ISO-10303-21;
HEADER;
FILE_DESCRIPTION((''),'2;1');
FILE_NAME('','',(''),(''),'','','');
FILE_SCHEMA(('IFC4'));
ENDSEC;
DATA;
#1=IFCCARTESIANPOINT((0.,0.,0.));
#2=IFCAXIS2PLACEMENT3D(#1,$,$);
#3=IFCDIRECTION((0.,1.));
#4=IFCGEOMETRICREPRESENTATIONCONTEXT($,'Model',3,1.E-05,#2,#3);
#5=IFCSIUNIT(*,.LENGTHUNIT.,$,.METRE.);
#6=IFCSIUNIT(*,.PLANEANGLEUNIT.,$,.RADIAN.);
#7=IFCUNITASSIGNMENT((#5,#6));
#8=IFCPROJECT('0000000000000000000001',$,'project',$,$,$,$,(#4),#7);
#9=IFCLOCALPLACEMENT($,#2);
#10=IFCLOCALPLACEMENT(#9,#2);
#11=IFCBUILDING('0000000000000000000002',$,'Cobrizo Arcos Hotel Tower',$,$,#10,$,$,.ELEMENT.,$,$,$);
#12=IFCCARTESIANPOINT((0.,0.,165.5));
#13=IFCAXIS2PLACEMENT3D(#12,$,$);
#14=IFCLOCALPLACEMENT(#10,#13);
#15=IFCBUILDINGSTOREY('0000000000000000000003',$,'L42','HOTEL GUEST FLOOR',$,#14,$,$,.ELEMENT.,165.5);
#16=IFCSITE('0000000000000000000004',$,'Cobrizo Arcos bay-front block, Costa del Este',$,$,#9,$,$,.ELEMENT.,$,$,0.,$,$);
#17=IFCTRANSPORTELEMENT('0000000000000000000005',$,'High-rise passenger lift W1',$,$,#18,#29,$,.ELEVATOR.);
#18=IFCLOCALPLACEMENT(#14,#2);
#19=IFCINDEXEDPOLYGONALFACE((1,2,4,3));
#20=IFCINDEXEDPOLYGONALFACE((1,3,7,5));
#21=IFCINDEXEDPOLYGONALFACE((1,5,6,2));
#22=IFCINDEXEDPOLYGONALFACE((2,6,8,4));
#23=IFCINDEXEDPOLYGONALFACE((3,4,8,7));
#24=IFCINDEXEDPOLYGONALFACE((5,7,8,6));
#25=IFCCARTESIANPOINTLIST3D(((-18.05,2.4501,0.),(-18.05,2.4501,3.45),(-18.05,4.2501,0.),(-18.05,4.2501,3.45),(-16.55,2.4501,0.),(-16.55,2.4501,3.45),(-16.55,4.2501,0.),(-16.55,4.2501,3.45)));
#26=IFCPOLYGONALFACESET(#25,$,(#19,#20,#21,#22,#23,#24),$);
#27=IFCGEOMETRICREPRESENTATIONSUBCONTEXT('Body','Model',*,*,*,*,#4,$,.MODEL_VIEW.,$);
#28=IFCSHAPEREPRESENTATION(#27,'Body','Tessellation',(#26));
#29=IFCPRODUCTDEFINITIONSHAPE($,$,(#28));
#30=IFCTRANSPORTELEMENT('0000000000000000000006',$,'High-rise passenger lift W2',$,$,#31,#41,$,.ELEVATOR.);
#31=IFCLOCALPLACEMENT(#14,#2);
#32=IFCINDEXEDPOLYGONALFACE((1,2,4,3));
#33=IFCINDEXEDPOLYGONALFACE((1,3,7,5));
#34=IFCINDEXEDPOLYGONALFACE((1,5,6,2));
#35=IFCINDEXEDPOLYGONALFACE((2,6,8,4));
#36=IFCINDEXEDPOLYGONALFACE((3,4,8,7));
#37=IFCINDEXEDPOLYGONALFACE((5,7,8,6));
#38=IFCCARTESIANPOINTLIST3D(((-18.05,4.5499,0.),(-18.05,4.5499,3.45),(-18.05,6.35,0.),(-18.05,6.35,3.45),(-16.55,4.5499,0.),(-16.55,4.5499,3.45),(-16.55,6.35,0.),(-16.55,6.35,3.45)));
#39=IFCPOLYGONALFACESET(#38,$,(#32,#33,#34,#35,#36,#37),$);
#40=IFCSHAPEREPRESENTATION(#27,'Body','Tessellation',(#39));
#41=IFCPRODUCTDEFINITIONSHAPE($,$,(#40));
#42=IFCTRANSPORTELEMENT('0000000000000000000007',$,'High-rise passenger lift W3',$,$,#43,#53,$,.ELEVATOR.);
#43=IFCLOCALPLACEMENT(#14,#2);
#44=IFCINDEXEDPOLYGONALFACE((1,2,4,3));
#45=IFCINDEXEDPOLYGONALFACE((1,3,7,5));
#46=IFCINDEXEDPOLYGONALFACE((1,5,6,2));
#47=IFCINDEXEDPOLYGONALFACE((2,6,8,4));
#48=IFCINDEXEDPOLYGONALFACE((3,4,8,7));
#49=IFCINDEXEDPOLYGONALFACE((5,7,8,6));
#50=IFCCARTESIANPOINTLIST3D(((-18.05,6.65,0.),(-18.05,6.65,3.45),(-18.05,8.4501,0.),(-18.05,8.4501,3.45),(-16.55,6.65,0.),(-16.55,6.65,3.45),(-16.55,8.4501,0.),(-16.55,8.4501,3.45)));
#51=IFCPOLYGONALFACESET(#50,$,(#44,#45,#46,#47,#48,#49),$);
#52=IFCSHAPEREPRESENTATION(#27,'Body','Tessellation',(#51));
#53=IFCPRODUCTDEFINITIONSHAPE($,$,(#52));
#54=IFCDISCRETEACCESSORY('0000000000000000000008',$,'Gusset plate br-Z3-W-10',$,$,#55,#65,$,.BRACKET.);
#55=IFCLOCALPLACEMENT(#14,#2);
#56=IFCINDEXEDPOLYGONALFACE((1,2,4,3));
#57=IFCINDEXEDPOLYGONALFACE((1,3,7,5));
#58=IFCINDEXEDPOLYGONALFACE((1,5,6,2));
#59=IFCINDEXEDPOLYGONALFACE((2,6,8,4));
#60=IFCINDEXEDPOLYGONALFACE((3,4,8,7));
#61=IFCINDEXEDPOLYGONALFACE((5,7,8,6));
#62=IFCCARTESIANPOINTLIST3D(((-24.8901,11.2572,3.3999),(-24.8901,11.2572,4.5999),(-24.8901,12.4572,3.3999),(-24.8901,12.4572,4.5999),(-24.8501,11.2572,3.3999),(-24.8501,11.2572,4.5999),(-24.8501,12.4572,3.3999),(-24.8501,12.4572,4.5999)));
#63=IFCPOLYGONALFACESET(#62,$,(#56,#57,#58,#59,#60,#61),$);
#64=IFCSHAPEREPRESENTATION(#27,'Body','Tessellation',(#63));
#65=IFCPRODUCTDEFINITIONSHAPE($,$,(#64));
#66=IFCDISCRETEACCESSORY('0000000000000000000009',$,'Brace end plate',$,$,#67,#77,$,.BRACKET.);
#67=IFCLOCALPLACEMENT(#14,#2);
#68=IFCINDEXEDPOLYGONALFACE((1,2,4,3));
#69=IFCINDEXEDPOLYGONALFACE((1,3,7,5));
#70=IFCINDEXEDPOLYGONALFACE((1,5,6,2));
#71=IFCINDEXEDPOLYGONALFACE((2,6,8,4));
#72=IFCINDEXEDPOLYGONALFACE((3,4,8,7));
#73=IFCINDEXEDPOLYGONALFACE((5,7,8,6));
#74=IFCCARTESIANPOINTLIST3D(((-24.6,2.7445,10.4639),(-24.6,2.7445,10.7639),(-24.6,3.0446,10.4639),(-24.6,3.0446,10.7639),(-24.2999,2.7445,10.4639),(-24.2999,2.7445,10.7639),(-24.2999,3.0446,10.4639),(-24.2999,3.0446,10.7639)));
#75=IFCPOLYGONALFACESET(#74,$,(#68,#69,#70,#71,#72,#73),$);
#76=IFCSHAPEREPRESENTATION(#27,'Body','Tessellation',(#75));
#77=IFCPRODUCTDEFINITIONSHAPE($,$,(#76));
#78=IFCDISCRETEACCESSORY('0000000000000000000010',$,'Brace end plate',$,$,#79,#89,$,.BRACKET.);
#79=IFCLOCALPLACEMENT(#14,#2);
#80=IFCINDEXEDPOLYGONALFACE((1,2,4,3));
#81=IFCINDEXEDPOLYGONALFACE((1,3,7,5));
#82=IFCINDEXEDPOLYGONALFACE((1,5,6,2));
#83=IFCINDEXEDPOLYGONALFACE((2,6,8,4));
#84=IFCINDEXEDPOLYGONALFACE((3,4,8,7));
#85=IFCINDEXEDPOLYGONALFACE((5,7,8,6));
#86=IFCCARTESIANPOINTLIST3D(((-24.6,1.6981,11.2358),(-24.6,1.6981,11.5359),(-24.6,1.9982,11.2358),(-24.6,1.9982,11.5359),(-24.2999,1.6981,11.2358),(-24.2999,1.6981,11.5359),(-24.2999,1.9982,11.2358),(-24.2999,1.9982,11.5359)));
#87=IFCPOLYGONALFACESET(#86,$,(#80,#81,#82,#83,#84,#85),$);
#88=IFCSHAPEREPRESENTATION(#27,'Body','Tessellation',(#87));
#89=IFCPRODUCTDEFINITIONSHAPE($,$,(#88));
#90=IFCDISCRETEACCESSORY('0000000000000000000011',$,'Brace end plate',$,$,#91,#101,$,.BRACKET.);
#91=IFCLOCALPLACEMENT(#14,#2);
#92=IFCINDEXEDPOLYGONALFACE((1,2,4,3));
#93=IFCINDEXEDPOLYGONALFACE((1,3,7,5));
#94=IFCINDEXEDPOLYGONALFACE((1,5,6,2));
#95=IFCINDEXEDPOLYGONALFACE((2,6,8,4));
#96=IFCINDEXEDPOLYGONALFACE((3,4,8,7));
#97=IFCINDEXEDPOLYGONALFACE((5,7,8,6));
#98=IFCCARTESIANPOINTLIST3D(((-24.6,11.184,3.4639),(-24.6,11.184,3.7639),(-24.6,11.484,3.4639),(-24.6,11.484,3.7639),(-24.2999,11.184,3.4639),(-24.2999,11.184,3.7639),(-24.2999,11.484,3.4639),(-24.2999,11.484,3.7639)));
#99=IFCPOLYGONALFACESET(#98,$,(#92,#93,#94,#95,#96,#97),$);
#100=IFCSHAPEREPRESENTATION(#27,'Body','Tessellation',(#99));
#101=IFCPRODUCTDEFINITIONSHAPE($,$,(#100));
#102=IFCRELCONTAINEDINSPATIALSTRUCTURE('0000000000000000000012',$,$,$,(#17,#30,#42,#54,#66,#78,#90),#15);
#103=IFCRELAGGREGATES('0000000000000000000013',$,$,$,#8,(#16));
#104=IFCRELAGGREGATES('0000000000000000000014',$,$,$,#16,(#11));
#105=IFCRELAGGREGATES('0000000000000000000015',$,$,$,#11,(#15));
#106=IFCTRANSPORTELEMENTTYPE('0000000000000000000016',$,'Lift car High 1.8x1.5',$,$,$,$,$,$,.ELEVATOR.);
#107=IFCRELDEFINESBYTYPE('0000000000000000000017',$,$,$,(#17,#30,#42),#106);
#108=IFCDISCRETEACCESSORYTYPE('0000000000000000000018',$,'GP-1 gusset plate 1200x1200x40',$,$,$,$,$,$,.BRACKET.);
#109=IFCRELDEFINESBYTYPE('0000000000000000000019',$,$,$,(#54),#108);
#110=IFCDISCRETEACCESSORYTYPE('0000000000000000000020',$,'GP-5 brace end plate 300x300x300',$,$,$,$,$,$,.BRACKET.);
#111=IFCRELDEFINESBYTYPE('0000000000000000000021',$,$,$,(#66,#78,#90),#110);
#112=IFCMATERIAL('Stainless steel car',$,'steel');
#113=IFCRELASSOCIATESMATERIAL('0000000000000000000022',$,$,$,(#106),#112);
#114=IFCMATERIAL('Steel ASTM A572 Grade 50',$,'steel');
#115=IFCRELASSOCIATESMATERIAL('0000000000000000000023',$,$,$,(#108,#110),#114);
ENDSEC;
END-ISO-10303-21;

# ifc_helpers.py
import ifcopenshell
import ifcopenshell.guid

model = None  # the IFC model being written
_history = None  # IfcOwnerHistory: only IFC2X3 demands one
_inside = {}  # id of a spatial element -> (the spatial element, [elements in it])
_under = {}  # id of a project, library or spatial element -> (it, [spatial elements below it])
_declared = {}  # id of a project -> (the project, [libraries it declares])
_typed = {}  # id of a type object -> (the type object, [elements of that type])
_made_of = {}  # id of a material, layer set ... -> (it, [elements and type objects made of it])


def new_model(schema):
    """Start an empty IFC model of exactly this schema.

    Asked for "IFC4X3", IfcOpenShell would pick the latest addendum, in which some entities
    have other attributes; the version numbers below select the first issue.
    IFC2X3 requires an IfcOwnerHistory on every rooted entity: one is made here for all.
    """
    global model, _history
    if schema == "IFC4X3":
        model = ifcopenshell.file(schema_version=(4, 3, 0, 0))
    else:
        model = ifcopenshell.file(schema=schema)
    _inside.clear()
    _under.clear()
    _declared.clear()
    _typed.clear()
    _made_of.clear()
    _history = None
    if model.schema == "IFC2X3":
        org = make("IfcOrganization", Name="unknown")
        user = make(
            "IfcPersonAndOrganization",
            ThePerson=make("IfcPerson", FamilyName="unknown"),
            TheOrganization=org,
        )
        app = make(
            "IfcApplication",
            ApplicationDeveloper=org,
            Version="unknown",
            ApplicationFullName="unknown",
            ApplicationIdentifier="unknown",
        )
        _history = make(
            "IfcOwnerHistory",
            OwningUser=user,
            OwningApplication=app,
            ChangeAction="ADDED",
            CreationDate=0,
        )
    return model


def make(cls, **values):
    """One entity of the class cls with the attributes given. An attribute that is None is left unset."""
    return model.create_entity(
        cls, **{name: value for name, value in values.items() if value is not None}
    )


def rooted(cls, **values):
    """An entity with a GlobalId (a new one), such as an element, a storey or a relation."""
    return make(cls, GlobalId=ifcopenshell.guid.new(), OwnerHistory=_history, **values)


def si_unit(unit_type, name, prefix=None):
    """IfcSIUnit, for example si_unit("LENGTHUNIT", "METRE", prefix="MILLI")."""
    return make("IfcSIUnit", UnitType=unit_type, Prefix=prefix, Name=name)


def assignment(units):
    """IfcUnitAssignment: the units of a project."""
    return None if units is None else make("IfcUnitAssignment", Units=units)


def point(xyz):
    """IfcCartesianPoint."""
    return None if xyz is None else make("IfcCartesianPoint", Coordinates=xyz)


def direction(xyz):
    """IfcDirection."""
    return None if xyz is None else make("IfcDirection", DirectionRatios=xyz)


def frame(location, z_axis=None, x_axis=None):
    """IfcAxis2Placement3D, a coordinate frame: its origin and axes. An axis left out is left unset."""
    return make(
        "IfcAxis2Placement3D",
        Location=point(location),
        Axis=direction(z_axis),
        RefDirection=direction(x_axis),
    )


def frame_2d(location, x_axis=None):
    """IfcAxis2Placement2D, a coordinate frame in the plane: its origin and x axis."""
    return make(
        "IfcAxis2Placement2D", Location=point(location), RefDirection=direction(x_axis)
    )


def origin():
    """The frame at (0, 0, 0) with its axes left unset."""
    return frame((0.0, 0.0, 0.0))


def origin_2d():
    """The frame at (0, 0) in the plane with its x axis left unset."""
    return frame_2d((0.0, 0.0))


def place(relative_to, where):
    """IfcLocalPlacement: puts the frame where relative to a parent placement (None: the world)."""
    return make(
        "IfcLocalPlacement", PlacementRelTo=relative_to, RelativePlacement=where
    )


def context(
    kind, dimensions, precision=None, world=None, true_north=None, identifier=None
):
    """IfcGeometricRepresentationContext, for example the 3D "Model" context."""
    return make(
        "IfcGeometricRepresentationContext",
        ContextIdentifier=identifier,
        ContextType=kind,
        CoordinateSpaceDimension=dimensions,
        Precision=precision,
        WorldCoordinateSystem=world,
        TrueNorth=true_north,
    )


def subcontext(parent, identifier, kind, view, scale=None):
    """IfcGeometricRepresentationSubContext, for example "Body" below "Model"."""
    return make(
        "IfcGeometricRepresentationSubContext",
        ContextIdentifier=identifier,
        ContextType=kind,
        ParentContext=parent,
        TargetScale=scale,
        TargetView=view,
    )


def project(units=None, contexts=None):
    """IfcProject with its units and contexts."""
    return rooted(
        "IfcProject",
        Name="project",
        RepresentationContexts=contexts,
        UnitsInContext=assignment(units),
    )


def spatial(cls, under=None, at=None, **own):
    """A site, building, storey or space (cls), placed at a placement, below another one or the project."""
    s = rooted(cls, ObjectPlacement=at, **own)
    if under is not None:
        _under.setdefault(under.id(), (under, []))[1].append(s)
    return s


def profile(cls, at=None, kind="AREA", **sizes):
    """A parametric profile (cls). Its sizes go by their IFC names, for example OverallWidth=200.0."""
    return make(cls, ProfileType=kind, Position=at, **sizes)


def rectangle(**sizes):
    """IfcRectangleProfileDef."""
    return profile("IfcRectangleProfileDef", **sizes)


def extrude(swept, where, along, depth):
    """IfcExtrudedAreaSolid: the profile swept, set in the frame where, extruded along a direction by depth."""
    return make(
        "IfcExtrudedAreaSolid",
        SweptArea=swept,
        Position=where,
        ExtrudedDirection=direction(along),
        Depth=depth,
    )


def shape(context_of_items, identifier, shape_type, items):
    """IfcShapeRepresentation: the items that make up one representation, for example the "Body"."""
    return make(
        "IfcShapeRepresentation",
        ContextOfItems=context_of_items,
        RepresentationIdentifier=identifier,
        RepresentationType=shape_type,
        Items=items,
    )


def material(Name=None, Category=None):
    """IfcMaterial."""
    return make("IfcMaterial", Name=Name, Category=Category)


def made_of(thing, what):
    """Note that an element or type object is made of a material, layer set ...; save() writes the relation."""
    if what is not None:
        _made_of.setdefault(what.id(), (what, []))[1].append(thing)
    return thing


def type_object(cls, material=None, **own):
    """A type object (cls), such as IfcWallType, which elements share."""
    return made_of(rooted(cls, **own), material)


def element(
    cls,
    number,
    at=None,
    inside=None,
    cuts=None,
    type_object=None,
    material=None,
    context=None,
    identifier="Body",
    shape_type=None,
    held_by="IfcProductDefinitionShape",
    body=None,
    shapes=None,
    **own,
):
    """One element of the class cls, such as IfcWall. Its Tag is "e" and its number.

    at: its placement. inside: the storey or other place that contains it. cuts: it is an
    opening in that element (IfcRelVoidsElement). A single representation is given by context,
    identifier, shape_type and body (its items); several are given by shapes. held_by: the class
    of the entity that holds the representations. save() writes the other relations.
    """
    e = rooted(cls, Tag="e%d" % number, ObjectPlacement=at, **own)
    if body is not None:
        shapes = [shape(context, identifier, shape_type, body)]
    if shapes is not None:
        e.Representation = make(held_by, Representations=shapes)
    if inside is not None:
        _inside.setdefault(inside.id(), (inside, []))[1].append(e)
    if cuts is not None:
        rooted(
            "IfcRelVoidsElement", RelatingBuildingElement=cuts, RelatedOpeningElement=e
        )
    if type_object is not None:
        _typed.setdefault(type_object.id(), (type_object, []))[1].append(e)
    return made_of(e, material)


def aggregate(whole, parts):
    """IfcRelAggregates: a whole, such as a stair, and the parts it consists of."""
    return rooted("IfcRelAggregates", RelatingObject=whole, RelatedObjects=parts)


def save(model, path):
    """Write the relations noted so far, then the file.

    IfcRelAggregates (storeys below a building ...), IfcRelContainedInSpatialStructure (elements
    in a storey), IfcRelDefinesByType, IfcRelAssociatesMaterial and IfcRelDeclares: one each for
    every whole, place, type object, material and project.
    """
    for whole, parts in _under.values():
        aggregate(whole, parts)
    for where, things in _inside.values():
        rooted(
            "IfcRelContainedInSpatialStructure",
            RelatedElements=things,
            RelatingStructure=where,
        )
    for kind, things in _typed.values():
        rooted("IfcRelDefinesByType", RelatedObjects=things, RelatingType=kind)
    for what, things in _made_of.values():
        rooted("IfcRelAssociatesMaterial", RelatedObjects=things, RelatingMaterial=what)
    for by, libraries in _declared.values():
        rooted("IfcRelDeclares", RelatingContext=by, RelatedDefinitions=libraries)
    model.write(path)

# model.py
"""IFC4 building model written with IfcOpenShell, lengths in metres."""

from ifc_helpers import new_model, si_unit, direction, frame, origin, origin_2d, place, context, subcontext, project, spatial, rectangle, extrude, material, type_object, element, save


model = new_model("IFC4")

# Units and contexts
model_context = context("Model", 3, precision=1e-05, world=origin(), true_north=direction((0.0, 1.0)))
body_context = subcontext(model_context, "Body", "Model", "MODEL_VIEW")
ifc_project = project(units=[si_unit("LENGTHUNIT", "METRE"), si_unit("PLANEANGLEUNIT", "RADIAN")], contexts=[model_context])

# Site, building, storey
site_placement = place(None, origin())
site = spatial("IfcSite", under=ifc_project, at=site_placement, Name="Cobrizo Arcos bay-front block, Costa del Este", CompositionType="ELEMENT", RefElevation=0.0)
building_placement = place(site_placement, origin())
building = spatial("IfcBuilding", under=site, at=building_placement, Name="Cobrizo Arcos Hotel Tower", CompositionType="ELEMENT")
storey_placement = place(building_placement, frame((0.0, 0.0, 165.5)))
storey = spatial("IfcBuildingStorey", under=building, at=storey_placement, Name="L42", Description="HOTEL GUEST FLOOR", CompositionType="ELEMENT", Elevation=165.5)

# Shared definitions
ifc_material_1 = material(Name="Steel ASTM A572 Grade 50", Category="steel")

# Transport elements
ifc_material_2 = material(Name="Stainless steel car", Category="steel")
transport_element_type = type_object("IfcTransportElementType", Name="Lift car High 1.8x1.5", PredefinedType="ELEVATOR", material=ifc_material_2)
for number, where, z_axis, x_axis, name in (
    (1, (-17.3, 3.3501, 0.0), (0.0, 0.0, 1.0), (1.0, 0.0, 0.0), "High-rise passenger lift W1"),
    (2, (-17.3, 5.45, 0.0), (0.0, 0.0, 1.0), (1.0, 0.0, 0.0), "High-rise passenger lift W2"),
    (3, (-17.3, 7.55, 0.0), (0.0, 0.0, 1.0), (1.0, 0.0, 0.0), "High-rise passenger lift W3"),
):
    element("IfcTransportElement", number, at=place(storey_placement, frame(where, z_axis=z_axis, x_axis=x_axis)), inside=storey, type_object=transport_element_type, Name=name, PredefinedType="ELEVATOR", context=body_context, shape_type="SweptSolid", body=[
        extrude(rectangle(XDim=1.5, YDim=1.8, at=origin_2d()), origin(), (0.0, 0.0, 1.0), 3.45),
    ])

# Discrete accessories
discrete_accessory_type_1 = type_object("IfcDiscreteAccessoryType", Name="GP-1 gusset plate 1200x1200x40", PredefinedType="BRACKET", material=ifc_material_1)
discrete_accessory_placement = place(storey_placement, frame((-24.8701, 11.8572, 3.3999), z_axis=(0.0, 0.0, 1.0), x_axis=(1.0, 0.0, 0.0)))
element("IfcDiscreteAccessory", 4, at=discrete_accessory_placement, inside=storey, type_object=discrete_accessory_type_1, Name="Gusset plate br-Z3-W-10", PredefinedType="BRACKET", context=body_context, shape_type="SweptSolid", body=[
    extrude(rectangle(XDim=0.04, YDim=1.2, at=origin_2d()), origin(), (0.0, 0.0, 1.0), 1.2),
])
discrete_accessory_type_2 = type_object("IfcDiscreteAccessoryType", Name="GP-5 brace end plate 300x300x300", PredefinedType="BRACKET", material=ifc_material_1)
for number, where, z_axis, x_axis, name in (
    (5, (-24.45, 2.8945, 10.4639), (0.0, 0.0, 1.0), (1.0, 0.0, 0.0), "Brace end plate"),
    (6, (-24.45, 1.8481, 11.2358), (0.0, 0.0, 1.0), (1.0, 0.0, 0.0), "Brace end plate"),
    (7, (-24.45, 11.334, 3.4639), (0.0, 0.0, 1.0), (1.0, 0.0, 0.0), "Brace end plate"),
):
    element("IfcDiscreteAccessory", number, at=place(storey_placement, frame(where, z_axis=z_axis, x_axis=x_axis)), inside=storey, type_object=discrete_accessory_type_2, Name=name, PredefinedType="BRACKET", context=body_context, shape_type="SweptSolid", body=[
        extrude(rectangle(XDim=0.3, YDim=0.3, at=origin_2d()), origin(), (0.0, 0.0, 1.0), 0.3),
    ])

save(model, "model.ifc")
